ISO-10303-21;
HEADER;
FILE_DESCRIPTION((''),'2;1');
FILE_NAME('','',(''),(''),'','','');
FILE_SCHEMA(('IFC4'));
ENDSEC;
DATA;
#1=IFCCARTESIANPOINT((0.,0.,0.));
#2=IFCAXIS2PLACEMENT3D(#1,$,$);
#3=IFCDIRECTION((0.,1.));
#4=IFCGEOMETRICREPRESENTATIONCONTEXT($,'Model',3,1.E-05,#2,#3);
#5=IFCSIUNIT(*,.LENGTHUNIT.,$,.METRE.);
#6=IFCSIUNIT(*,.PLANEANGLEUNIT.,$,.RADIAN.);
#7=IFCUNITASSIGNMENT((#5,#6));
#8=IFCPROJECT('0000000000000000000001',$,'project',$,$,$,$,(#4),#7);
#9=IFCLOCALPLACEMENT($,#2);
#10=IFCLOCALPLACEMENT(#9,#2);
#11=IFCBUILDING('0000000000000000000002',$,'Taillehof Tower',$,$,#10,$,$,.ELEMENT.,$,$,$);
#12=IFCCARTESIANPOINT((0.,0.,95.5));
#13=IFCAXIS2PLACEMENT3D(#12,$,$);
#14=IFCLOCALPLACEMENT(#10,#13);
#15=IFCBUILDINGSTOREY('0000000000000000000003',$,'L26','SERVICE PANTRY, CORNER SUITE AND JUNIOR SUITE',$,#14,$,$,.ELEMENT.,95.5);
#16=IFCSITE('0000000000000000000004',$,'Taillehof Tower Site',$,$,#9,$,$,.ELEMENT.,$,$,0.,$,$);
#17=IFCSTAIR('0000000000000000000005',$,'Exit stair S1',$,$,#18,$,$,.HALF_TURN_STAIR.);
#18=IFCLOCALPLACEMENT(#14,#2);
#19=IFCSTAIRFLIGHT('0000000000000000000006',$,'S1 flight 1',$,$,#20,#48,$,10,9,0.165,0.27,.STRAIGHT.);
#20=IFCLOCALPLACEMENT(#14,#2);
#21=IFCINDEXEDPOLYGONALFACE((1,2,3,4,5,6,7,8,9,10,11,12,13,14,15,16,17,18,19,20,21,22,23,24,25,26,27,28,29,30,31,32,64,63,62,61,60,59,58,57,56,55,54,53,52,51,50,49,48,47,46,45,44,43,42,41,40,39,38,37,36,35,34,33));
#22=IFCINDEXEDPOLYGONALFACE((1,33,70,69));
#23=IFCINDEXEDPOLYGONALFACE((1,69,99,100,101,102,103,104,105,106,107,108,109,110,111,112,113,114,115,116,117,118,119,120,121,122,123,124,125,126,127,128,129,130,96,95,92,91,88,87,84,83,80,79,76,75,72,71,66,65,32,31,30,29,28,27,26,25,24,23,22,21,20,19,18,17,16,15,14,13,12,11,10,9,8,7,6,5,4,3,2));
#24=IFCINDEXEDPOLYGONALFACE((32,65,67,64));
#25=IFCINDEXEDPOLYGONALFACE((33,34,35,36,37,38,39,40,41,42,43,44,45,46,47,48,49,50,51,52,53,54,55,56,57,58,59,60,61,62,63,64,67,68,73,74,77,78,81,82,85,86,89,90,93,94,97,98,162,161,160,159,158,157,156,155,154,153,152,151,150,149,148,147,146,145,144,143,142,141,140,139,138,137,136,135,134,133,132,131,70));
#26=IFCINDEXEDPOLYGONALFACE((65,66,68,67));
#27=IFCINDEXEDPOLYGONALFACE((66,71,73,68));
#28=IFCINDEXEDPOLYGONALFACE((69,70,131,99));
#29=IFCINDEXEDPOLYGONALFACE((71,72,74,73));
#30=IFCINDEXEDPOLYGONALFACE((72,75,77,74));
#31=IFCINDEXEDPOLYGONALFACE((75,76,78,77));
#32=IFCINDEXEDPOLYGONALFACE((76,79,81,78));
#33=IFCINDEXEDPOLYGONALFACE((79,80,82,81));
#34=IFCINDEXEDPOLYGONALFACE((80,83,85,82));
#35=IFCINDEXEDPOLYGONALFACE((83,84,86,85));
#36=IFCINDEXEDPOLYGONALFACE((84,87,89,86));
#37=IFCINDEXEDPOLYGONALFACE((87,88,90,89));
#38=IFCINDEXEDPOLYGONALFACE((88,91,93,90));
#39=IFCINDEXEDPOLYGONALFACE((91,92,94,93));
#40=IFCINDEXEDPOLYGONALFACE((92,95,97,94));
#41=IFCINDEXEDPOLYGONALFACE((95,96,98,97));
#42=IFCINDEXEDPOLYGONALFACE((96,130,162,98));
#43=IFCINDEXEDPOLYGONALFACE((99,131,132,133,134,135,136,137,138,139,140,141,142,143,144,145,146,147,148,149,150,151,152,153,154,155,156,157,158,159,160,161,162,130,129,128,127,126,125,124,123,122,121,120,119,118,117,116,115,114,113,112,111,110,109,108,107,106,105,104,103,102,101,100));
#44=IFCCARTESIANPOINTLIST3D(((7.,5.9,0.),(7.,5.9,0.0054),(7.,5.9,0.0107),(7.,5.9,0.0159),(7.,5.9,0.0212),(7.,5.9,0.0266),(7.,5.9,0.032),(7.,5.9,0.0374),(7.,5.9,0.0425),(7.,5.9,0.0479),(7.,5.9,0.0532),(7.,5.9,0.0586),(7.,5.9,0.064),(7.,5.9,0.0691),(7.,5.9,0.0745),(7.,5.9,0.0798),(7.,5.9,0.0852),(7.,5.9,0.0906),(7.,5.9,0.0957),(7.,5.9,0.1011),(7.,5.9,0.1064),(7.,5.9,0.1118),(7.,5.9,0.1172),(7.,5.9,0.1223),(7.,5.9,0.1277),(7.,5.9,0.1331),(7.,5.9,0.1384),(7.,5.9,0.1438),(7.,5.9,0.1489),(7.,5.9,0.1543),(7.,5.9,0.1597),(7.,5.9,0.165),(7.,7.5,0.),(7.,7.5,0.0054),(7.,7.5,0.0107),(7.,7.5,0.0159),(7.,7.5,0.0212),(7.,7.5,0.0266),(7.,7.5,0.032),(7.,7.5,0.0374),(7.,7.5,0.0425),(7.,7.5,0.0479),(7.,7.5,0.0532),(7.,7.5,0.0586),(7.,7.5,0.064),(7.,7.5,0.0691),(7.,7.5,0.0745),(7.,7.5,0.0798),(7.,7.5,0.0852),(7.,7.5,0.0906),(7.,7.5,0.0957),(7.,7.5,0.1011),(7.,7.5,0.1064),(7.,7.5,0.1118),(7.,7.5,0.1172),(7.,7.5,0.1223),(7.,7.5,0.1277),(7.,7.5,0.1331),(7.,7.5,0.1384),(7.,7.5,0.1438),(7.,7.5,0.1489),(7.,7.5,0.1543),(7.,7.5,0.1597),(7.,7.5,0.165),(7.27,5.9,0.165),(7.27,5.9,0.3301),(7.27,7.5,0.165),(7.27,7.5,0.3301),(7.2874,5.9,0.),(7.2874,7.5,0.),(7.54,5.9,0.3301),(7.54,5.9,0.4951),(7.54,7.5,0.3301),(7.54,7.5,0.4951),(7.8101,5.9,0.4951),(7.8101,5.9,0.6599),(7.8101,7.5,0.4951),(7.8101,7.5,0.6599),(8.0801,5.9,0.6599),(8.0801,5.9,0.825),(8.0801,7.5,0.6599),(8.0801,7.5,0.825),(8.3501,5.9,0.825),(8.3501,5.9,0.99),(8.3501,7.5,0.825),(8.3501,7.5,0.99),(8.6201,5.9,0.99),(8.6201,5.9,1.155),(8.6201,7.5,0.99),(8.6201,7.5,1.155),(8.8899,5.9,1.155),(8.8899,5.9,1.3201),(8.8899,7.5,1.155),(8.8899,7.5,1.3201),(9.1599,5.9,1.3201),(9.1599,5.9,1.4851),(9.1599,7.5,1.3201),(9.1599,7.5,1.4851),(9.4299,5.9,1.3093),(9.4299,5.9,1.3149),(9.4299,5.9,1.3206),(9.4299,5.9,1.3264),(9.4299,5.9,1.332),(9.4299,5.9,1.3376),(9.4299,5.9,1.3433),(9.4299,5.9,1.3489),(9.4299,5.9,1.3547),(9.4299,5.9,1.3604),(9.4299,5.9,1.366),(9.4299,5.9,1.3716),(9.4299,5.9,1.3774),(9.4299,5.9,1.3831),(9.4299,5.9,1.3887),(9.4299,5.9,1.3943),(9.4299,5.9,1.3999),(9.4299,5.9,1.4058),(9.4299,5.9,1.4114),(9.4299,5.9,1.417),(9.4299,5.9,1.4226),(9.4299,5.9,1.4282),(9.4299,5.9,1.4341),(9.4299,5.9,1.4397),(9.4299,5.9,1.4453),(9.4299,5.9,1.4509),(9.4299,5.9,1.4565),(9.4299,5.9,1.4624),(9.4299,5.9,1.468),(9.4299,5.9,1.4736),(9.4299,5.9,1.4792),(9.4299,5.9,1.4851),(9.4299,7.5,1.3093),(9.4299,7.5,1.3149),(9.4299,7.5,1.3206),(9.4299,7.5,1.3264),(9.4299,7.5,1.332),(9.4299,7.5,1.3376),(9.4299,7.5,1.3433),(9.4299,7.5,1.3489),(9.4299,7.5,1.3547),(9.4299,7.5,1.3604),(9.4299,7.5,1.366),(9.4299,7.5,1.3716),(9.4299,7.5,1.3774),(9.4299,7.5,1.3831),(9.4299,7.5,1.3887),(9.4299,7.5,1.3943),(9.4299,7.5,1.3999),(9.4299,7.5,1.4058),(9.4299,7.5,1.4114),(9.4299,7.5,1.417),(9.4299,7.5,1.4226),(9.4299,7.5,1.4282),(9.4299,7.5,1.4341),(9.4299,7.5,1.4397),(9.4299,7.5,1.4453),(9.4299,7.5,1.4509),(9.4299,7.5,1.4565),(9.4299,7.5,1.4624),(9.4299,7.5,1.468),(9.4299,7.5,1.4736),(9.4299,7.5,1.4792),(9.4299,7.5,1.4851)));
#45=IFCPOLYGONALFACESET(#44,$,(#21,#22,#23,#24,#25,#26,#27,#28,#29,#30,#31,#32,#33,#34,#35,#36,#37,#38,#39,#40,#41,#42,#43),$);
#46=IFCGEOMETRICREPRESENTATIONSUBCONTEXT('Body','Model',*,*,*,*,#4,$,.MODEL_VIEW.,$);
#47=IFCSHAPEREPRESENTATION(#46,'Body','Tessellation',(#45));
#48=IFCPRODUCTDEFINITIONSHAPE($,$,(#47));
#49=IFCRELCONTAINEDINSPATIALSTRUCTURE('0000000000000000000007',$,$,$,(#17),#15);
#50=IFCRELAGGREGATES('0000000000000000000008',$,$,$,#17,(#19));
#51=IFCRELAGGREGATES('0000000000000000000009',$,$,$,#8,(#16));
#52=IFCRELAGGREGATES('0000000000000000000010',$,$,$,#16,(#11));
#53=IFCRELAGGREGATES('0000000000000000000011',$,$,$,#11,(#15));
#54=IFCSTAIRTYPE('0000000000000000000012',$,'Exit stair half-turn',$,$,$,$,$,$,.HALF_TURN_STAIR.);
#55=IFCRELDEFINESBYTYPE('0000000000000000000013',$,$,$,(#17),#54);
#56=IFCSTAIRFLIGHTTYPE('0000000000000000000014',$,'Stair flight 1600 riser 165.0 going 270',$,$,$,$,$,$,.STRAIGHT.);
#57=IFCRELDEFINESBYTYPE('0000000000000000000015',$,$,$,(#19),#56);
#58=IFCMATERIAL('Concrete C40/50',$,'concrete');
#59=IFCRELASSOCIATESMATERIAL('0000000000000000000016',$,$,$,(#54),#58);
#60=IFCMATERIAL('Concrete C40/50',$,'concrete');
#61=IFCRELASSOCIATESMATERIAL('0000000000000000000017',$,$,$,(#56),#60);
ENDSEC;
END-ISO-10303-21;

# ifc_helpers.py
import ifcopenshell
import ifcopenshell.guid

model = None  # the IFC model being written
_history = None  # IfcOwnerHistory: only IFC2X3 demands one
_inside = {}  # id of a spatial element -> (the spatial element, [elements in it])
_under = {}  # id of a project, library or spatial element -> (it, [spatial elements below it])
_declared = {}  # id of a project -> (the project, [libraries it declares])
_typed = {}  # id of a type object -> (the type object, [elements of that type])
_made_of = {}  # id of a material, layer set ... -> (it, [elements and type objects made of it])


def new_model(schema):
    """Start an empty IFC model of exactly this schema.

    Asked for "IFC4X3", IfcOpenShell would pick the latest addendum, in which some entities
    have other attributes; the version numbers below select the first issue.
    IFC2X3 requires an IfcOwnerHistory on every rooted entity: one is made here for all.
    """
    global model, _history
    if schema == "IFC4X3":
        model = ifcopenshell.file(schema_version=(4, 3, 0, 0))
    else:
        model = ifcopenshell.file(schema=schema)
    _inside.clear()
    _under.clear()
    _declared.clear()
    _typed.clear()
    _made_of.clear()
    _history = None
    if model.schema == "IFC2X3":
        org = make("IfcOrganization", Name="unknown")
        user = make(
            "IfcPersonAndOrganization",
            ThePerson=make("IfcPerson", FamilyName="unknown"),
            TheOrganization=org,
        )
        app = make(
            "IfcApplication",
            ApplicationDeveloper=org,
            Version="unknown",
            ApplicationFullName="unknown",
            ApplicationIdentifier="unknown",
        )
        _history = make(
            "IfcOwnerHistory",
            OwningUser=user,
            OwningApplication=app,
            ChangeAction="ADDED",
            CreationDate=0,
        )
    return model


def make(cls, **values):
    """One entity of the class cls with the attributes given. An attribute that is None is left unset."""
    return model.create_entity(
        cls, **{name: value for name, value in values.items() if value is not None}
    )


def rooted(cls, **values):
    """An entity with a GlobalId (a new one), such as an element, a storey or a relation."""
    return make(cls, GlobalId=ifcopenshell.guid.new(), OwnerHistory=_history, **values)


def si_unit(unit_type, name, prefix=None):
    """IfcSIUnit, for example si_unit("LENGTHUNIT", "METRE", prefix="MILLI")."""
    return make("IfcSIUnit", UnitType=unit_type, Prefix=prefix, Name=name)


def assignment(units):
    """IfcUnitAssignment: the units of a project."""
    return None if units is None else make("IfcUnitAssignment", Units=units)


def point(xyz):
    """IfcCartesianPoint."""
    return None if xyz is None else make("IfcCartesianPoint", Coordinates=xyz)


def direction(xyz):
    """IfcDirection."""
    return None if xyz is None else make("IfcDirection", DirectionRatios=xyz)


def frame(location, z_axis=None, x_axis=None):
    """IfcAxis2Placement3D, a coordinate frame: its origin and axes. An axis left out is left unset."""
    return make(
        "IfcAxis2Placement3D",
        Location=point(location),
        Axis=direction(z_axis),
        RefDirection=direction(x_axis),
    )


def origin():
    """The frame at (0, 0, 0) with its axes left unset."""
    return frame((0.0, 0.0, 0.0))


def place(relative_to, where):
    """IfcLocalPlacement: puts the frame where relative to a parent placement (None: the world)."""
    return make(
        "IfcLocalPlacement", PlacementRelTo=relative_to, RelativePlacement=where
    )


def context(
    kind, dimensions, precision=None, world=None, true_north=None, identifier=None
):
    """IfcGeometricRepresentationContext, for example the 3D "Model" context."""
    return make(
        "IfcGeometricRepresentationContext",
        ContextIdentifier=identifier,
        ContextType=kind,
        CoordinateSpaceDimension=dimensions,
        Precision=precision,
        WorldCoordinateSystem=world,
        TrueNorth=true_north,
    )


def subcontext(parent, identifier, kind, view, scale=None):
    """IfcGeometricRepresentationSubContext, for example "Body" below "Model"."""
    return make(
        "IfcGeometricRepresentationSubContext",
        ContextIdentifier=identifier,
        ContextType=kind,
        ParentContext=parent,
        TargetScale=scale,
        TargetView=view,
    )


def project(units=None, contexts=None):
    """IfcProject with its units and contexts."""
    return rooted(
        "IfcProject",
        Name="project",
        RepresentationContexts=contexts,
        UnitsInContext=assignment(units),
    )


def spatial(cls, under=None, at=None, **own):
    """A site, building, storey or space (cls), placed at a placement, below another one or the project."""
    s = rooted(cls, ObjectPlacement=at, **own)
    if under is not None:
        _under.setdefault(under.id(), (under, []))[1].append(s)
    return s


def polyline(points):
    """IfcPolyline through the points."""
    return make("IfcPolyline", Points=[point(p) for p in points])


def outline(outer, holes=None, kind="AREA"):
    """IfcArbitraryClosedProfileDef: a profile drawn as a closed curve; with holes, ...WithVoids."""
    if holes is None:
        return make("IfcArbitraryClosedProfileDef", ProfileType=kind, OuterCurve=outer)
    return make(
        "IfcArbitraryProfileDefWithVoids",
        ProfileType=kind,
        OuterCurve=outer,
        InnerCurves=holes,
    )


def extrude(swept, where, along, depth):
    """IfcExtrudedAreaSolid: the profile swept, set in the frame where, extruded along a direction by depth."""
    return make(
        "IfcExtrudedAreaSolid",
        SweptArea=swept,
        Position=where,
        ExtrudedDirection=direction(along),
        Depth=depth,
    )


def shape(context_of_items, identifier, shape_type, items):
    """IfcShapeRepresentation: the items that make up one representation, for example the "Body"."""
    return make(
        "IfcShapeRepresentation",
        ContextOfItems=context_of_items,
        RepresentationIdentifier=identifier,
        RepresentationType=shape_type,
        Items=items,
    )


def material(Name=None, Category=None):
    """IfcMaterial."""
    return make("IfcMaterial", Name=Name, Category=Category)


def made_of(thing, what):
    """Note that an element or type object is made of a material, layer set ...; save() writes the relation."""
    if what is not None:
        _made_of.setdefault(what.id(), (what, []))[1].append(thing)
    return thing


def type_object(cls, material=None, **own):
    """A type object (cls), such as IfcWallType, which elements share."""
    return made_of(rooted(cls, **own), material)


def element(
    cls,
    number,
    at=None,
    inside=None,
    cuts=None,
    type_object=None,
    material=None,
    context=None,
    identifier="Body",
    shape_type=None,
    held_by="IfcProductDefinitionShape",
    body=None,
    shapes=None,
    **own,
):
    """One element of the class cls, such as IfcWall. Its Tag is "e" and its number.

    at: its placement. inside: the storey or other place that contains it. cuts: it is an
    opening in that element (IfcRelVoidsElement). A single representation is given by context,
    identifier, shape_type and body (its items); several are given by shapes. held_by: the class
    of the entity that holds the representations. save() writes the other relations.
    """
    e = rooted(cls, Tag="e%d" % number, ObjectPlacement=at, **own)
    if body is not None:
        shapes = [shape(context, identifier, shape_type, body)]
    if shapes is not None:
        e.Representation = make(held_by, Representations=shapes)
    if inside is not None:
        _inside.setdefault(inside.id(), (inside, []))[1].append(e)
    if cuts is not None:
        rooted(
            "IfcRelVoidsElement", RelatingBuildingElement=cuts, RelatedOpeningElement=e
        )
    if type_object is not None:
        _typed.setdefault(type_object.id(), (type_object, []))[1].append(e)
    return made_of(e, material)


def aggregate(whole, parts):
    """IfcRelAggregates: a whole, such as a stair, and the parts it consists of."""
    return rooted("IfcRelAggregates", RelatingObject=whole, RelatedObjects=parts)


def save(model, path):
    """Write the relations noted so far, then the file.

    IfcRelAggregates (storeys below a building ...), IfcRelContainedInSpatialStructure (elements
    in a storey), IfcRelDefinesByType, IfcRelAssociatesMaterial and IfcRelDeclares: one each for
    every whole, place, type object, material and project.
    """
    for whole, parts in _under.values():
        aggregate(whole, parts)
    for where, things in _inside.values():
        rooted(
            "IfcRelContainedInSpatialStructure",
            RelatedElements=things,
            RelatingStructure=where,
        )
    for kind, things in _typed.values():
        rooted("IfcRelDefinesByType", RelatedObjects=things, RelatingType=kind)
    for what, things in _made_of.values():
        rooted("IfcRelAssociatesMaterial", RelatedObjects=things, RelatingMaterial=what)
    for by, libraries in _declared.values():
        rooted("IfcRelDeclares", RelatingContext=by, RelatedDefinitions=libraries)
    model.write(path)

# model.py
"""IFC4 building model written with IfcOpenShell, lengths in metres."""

from ifc_helpers import new_model, si_unit, direction, frame, origin, place, context, subcontext, project, spatial, polyline, outline, extrude, material, type_object, element, aggregate, save


model = new_model("IFC4")

# Units and contexts
model_context = context("Model", 3, precision=1e-05, world=origin(), true_north=direction((0.0, 1.0)))
body_context = subcontext(model_context, "Body", "Model", "MODEL_VIEW")
ifc_project = project(units=[si_unit("LENGTHUNIT", "METRE"), si_unit("PLANEANGLEUNIT", "RADIAN")], contexts=[model_context])

# Site, building, storey
site_placement = place(None, origin())
site = spatial("IfcSite", under=ifc_project, at=site_placement, Name="Taillehof Tower Site", CompositionType="ELEMENT", RefElevation=0.0)
building_placement = place(site_placement, origin())
building = spatial("IfcBuilding", under=site, at=building_placement, Name="Taillehof Tower", CompositionType="ELEMENT")
storey_placement = place(building_placement, frame((0.0, 0.0, 95.5)))
storey = spatial("IfcBuildingStorey", under=building, at=storey_placement, Name="L26", Description="SERVICE PANTRY, CORNER SUITE AND JUNIOR SUITE", CompositionType="ELEMENT", Elevation=95.5)

# Stair
ifc_material_1 = material(Name="Concrete C40/50", Category="concrete")
stair_type = type_object("IfcStairType", Name="Exit stair half-turn", PredefinedType="HALF_TURN_STAIR", material=ifc_material_1)
stair_1_placement = place(storey_placement, origin())
stair_1 = element("IfcStair", 1, at=stair_1_placement, inside=storey, type_object=stair_type, Name="Exit stair S1", PredefinedType="HALF_TURN_STAIR")

# Stair flight
ifc_material_2 = material(Name="Concrete C40/50", Category="concrete")
stair_flight_type = type_object("IfcStairFlightType", Name="Stair flight 1600 riser 165.0 going 270", PredefinedType="STRAIGHT", material=ifc_material_2)
stair_flight_placement = place(storey_placement, frame((7.0, 6.7, 0.0), z_axis=(0.0, 0.0, 1.0), x_axis=(1.0, 0.0, 0.0)))
stair_flight = element("IfcStairFlight", 2, at=stair_flight_placement, type_object=stair_flight_type, Name="S1 flight 1", NumberOfRisers=10, NumberOfTreads=9, PredefinedType="STRAIGHT", RiserHeight=0.165, TreadLength=0.27, context=body_context, shape_type="SweptSolid", body=[
    extrude(outline(polyline([(0.0, 0.0), (0.0, 0.0054), (0.0, 0.0107), (0.0, 0.0159), (0.0, 0.0212), (0.0, 0.0266), (0.0, 0.032), (0.0, 0.0374), (0.0, 0.0425), (0.0, 0.0479), (0.0, 0.0532), (0.0, 0.0586), (0.0, 0.064), (0.0, 0.0691), (0.0, 0.0745), (0.0, 0.0798), (0.0, 0.0852), (0.0, 0.0906), (0.0, 0.0957), (0.0, 0.1011), (0.0, 0.1064), (0.0, 0.1118), (0.0, 0.1172), (0.0, 0.1223), (0.0, 0.1277), (0.0, 0.1331), (0.0, 0.1384), (0.0, 0.1438), (0.0, 0.1489), (0.0, 0.1543), (0.0, 0.1597), (0.0, 0.165), (0.27, 0.165), (0.27, 0.3301), (0.54, 0.3301), (0.54, 0.4951), (0.8101, 0.4951), (0.8101, 0.6599), (1.0801, 0.6599), (1.0801, 0.825), (1.3501, 0.825), (1.3501, 0.99), (1.6201, 0.99), (1.6201, 1.155), (1.8899, 1.155), (1.8899, 1.3201), (2.1599, 1.3201), (2.1599, 1.4851), (2.4299, 1.4851), (2.4299, 1.4792), (2.4299, 1.4736), (2.4299, 1.468), (2.4299, 1.4624), (2.4299, 1.4565), (2.4299, 1.4509), (2.4299, 1.4453), (2.4299, 1.4397), (2.4299, 1.4341), (2.4299, 1.4282), (2.4299, 1.4226), (2.4299, 1.417), (2.4299, 1.4114), (2.4299, 1.4058), (2.4299, 1.3999), (2.4299, 1.3943), (2.4299, 1.3887), (2.4299, 1.3831), (2.4299, 1.3774), (2.4299, 1.3716), (2.4299, 1.366), (2.4299, 1.3604), (2.4299, 1.3547), (2.4299, 1.3489), (2.4299, 1.3433), (2.4299, 1.3376), (2.4299, 1.332), (2.4299, 1.3264), (2.4299, 1.3206), (2.4299, 1.3149), (2.4299, 1.3093), (0.2874, 0.0), (0.0, 0.0)])), frame((0.0, 0.8, 0.0), z_axis=(0.0, -1.0, 0.0), x_axis=(1.0, 0.0, 0.0)), (0.0, 0.0, 1.0), 1.6),
])
aggregate(stair_1, [stair_flight])

save(model, "model.ifc")
